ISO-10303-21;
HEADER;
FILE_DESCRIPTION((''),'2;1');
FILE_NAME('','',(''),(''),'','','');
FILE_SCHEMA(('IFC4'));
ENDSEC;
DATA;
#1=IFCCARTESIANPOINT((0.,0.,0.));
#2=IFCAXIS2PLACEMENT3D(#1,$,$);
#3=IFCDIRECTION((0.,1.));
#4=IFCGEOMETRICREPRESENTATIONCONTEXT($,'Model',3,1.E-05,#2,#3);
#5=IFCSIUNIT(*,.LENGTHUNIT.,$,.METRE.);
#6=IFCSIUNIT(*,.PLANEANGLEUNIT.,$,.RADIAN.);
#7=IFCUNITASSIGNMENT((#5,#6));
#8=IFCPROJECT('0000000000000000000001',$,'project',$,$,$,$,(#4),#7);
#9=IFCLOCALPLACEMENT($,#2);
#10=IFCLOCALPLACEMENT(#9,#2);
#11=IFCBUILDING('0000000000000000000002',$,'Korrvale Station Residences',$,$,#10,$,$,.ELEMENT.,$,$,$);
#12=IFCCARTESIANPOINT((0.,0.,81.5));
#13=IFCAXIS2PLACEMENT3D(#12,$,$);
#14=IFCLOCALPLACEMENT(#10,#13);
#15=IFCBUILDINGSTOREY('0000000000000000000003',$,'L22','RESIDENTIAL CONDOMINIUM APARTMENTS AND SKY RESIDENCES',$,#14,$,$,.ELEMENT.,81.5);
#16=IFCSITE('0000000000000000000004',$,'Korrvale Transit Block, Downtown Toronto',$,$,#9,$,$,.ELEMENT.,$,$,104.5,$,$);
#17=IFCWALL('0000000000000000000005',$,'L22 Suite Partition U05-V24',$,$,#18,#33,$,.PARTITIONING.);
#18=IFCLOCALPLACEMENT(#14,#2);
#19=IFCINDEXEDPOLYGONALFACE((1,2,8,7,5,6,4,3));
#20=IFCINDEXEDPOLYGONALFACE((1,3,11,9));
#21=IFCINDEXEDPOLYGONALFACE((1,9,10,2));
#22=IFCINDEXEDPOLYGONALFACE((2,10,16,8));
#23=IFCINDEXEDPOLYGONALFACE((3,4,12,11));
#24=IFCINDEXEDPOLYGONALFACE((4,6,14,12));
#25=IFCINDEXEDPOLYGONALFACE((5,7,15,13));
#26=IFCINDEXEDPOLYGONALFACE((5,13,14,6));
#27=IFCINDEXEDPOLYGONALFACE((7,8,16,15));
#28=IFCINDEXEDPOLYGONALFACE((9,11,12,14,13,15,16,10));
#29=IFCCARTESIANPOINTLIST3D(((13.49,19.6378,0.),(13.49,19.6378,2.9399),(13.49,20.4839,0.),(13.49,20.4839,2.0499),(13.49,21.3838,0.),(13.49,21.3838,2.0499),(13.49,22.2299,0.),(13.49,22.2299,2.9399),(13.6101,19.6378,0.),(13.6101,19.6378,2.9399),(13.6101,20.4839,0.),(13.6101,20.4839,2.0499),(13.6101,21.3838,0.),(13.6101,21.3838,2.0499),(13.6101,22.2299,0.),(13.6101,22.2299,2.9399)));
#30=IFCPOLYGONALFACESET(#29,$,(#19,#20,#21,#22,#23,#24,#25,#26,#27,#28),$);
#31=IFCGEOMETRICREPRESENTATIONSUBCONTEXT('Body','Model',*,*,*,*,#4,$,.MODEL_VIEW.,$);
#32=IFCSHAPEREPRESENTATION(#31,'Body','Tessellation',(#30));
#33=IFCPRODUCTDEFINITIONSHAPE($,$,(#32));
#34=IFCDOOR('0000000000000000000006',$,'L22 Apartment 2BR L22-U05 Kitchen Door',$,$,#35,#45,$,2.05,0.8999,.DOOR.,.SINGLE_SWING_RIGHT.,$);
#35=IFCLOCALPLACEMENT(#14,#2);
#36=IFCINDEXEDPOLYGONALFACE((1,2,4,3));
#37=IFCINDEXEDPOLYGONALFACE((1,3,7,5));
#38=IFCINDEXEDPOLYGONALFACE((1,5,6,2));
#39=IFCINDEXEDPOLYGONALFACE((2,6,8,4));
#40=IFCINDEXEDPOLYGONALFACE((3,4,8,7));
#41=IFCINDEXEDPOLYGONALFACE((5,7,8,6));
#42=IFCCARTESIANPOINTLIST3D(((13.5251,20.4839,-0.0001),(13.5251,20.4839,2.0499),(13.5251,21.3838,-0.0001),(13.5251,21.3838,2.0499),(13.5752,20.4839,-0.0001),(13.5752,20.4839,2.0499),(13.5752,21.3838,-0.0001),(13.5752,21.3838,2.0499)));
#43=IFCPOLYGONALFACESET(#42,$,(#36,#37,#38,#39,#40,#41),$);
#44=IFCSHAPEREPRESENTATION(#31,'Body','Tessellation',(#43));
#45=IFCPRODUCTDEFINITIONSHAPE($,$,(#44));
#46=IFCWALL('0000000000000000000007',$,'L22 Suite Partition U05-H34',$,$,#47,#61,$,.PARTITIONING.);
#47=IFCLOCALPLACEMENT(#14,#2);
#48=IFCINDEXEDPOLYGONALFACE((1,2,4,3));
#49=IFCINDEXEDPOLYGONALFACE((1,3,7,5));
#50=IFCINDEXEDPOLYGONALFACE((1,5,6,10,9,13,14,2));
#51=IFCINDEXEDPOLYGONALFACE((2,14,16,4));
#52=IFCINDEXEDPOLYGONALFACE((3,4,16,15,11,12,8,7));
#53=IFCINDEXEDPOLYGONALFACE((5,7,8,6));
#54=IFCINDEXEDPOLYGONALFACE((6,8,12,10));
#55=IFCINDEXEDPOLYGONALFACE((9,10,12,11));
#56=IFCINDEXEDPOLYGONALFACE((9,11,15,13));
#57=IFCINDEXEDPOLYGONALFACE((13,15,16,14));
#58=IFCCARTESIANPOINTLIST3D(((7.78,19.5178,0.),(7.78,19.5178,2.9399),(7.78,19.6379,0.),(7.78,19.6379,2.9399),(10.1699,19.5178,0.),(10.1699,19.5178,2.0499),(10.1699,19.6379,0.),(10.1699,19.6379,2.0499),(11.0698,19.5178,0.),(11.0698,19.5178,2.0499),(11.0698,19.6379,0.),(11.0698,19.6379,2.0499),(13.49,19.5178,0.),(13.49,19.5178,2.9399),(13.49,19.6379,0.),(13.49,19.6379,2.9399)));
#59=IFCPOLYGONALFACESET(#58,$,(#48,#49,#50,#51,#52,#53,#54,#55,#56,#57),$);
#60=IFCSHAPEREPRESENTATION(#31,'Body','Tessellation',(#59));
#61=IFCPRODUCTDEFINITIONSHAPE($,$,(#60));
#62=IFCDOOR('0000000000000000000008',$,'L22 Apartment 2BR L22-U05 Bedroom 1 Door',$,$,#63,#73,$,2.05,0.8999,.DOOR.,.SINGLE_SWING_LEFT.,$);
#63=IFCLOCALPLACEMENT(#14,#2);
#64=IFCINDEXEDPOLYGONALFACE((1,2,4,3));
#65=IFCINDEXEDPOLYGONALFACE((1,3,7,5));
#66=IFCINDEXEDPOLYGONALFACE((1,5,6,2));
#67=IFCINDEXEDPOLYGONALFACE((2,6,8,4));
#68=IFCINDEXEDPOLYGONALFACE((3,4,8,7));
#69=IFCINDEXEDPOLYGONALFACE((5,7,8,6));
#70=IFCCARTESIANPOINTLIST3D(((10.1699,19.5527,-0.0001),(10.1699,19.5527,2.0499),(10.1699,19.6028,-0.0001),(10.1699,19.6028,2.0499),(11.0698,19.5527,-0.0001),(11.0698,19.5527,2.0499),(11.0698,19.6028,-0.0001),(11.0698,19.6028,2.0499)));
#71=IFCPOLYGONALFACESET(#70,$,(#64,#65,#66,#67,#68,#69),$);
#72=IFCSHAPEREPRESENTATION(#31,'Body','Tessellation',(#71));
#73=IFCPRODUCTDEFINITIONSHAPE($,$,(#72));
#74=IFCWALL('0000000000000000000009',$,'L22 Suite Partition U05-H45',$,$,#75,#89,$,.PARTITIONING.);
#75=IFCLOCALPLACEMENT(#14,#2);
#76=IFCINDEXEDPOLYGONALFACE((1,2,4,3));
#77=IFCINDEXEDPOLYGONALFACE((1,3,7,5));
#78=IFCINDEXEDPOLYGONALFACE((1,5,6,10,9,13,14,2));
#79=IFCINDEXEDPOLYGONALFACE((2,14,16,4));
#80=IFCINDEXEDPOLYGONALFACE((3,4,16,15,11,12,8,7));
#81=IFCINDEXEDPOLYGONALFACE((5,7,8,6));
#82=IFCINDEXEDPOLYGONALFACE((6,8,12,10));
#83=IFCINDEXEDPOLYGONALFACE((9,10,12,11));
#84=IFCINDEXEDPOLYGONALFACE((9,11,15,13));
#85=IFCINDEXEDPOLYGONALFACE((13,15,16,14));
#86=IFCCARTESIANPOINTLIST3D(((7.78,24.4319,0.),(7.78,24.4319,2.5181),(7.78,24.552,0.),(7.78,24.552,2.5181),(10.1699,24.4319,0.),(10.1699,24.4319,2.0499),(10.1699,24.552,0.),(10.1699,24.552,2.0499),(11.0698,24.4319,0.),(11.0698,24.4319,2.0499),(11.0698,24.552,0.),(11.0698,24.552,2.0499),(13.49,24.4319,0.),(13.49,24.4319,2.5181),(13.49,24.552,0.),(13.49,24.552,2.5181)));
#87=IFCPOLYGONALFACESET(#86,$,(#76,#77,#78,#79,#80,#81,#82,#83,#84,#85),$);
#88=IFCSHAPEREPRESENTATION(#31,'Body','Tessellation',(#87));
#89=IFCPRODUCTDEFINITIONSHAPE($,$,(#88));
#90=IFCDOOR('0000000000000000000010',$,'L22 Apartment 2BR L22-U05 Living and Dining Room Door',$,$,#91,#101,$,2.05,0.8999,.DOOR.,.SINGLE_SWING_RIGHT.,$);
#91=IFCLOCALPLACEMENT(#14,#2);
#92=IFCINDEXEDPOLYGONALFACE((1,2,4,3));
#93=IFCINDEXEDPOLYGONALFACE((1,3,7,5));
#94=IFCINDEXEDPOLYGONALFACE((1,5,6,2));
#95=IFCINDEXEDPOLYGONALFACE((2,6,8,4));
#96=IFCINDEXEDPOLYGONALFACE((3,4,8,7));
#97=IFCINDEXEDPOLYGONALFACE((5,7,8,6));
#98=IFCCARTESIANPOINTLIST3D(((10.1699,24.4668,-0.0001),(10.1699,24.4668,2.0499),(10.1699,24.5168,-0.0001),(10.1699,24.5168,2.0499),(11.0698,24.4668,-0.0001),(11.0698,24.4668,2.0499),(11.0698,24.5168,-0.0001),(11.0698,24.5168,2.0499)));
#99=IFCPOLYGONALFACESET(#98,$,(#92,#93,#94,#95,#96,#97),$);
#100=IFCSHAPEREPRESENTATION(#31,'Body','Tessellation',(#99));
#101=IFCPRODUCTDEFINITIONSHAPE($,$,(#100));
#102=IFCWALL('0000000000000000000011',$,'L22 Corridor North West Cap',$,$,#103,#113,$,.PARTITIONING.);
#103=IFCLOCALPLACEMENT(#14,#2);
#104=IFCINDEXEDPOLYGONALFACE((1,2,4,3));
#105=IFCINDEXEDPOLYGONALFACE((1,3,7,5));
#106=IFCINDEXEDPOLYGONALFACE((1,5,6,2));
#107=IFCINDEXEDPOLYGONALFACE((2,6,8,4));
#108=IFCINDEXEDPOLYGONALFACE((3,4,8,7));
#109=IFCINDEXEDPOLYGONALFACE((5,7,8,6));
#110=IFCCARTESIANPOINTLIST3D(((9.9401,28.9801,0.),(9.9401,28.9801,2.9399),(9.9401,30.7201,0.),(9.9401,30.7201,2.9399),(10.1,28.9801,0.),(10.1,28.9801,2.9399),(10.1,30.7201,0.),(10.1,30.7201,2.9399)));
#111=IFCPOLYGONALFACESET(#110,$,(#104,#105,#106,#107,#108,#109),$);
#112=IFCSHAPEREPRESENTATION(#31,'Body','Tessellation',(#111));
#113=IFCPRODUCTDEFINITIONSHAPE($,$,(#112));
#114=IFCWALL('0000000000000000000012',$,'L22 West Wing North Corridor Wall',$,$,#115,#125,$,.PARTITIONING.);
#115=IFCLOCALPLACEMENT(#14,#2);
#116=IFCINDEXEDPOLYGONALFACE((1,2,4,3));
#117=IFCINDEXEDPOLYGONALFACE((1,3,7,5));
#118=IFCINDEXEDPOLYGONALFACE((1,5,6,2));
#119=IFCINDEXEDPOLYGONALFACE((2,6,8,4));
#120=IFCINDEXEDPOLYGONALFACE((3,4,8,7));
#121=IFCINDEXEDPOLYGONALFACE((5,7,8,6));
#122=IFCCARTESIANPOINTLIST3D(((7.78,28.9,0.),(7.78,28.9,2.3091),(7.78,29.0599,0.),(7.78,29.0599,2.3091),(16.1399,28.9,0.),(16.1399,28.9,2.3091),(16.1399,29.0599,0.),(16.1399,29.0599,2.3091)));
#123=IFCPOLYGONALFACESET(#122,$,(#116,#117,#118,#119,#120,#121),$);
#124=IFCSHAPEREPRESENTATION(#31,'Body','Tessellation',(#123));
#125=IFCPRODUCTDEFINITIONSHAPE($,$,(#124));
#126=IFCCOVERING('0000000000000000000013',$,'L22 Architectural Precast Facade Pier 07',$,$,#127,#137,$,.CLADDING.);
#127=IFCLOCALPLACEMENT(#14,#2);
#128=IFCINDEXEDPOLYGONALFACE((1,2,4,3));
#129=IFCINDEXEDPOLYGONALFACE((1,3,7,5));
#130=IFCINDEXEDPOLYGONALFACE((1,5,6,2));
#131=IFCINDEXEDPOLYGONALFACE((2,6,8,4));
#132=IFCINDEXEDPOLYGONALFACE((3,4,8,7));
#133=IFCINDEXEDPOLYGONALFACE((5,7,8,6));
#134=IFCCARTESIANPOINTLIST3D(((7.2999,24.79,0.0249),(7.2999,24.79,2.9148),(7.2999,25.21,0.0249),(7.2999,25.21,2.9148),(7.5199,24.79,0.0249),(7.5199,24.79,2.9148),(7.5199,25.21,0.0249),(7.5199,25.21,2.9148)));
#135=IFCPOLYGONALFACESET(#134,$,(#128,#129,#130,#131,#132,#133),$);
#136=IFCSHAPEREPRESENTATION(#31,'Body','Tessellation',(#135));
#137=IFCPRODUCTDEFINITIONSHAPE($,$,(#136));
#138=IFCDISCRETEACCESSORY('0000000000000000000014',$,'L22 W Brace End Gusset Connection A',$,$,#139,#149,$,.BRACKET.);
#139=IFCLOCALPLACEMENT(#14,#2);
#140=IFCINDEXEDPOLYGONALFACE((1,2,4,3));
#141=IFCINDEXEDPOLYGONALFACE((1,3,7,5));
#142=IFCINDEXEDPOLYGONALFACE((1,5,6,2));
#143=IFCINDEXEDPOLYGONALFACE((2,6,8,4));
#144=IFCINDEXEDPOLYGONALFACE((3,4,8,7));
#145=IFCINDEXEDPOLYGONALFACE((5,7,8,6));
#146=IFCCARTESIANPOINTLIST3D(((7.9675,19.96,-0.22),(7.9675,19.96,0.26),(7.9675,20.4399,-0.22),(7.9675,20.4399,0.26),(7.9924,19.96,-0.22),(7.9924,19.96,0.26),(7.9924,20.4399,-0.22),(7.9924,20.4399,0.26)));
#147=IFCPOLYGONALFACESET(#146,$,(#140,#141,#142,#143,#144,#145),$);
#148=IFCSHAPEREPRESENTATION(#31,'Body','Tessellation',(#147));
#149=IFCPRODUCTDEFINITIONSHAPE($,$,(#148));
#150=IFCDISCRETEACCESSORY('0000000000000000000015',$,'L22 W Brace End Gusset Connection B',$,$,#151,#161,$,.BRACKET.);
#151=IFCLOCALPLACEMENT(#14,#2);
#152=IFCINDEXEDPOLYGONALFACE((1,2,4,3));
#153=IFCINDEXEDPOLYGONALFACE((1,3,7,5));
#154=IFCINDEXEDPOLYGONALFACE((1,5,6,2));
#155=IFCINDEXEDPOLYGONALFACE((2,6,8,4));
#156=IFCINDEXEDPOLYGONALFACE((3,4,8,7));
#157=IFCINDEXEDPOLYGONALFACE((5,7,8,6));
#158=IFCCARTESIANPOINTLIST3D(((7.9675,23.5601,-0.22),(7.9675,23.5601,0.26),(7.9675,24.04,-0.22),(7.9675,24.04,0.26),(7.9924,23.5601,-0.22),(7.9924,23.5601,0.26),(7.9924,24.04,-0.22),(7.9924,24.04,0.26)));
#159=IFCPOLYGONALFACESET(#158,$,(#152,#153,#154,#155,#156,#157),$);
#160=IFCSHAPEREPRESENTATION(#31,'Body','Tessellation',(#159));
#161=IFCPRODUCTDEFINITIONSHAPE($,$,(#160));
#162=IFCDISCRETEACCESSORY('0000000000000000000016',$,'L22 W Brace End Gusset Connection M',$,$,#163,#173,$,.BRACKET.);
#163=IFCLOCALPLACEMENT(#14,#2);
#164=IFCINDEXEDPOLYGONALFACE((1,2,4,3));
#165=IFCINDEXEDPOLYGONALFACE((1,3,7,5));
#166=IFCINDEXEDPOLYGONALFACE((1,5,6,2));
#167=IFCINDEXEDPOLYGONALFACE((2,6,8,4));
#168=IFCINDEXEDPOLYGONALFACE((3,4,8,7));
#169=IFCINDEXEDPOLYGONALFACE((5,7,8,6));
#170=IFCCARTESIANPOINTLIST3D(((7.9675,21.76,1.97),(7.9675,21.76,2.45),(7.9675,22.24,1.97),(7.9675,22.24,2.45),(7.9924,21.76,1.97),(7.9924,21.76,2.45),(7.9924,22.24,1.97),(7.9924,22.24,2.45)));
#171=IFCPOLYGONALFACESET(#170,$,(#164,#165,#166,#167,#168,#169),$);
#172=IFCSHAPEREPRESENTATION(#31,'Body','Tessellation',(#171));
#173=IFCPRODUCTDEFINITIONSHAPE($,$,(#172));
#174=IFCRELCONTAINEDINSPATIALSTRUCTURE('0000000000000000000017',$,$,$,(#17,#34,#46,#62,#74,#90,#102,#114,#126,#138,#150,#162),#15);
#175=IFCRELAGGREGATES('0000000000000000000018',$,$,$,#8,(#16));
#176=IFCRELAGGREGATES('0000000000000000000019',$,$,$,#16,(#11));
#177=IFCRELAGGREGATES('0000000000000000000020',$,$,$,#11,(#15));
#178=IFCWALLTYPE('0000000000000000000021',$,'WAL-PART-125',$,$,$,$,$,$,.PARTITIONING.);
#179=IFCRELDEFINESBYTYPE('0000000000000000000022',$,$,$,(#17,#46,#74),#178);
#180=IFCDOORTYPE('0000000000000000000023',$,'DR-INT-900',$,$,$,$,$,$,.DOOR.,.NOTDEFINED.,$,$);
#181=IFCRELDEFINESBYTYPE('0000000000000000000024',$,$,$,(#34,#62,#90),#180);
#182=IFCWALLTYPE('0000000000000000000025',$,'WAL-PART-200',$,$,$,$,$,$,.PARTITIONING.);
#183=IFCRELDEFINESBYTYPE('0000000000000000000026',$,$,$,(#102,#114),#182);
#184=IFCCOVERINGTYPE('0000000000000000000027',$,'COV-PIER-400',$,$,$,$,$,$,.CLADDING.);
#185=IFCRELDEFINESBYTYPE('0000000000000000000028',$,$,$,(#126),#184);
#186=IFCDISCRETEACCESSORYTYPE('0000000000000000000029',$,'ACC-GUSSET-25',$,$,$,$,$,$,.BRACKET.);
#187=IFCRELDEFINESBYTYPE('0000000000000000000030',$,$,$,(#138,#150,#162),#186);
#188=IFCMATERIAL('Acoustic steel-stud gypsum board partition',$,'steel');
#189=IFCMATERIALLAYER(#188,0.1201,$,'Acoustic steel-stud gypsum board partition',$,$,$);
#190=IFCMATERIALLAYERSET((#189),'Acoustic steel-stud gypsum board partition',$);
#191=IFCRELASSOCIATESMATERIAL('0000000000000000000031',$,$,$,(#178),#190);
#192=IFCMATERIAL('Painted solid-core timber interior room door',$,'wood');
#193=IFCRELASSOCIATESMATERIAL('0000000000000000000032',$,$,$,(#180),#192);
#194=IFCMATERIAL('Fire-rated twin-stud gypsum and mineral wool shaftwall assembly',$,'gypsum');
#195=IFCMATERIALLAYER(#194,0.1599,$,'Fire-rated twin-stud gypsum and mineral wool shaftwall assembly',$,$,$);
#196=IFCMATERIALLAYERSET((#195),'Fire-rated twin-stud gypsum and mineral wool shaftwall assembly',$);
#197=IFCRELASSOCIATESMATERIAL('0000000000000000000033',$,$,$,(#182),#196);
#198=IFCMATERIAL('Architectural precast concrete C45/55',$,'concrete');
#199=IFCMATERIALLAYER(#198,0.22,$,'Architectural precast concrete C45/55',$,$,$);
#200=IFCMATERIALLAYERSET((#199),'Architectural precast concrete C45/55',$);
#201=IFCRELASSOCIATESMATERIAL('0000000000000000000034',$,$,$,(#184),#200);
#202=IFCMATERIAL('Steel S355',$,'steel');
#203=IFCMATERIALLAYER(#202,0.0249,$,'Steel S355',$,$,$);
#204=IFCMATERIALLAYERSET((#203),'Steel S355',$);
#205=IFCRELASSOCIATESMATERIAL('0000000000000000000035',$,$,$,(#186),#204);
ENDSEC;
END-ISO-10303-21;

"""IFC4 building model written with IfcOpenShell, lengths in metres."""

from ifc_helpers import new_model, si_unit, direction, frame, frame_2d, origin, origin_2d, place, context, subcontext, project, spatial, rectangle, extrude, material, layer, layer_set, type_object, element, fill, save


model = new_model("IFC4")

# Units and contexts
model_context = context("Model", 3, precision=1e-05, world=origin(), true_north=direction((0.0, 1.0)))
body_context = subcontext(model_context, "Body", "Model", "MODEL_VIEW")
ifc_project = project(units=[si_unit("LENGTHUNIT", "METRE"), si_unit("PLANEANGLEUNIT", "RADIAN")], contexts=[model_context])

# Site, building, storey
site_placement = place(None, origin())
site = spatial("IfcSite", under=ifc_project, at=site_placement, Name="Korrvale Transit Block, Downtown Toronto", CompositionType="ELEMENT", RefElevation=104.5)
building_placement = place(site_placement, origin())
building = spatial("IfcBuilding", under=site, at=building_placement, Name="Korrvale Station Residences", CompositionType="ELEMENT")
storey_placement = place(building_placement, frame((0.0, 0.0, 81.5)))
storey = spatial("IfcBuildingStorey", under=building, at=storey_placement, Name="L22", Description="RESIDENTIAL CONDOMINIUM APARTMENTS AND SKY RESIDENCES", CompositionType="ELEMENT", Elevation=81.5)

# Shared definitions
ifc_material_1 = material(Name="Steel S355", Category="steel")

# Walls, openings, doors
ifc_material_2 = material(Name="Acoustic steel-stud gypsum board partition", Category="steel")
ifc_layer_1 = layer(ifc_material_2, 0.1201, Name="Acoustic steel-stud gypsum board partition")
ifc_layer_set_1 = layer_set([ifc_layer_1], Name="Acoustic steel-stud gypsum board partition")
wall_type_1 = type_object("IfcWallType", Name="WAL-PART-125", PredefinedType="PARTITIONING", material=ifc_layer_set_1)
ifc_material_3 = material(Name="Painted solid-core timber interior room door", Category="wood")
door_type = type_object("IfcDoorType", Name="DR-INT-900", OperationType="NOTDEFINED", PredefinedType="DOOR", material=ifc_material_3)
wall_1_placement = place(storey_placement, frame((13.55, 19.6379, 0.0), z_axis=(0.0, 0.0, 1.0), x_axis=(0.0, 1.0, 0.0)))
wall_1 = element("IfcWall", 1, at=wall_1_placement, inside=storey, type_object=wall_type_1, Name="L22 Suite Partition U05-V24", PredefinedType="PARTITIONING", context=body_context, shape_type="SweptSolid", body=[
    extrude(rectangle(XDim=2.592, YDim=0.1201, at=frame_2d((1.2959, 0.0))), origin(), (0.0, 0.0, 1.0), 2.9399),
])
opening_1_placement = place(wall_1_placement, frame((0.8459, 0.0, 0.0)))
opening_1 = element("IfcOpeningElement", 2, at=opening_1_placement, cuts=wall_1, PredefinedType="OPENING", context=body_context, shape_type="SweptSolid", body=[
    extrude(rectangle(XDim=0.8999, YDim=2.05, at=frame_2d((0.45, 1.0249))), frame((0.0, 0.0701, 0.0), z_axis=(0.0, -1.0, 0.0), x_axis=(1.0, 0.0, 0.0)), (0.0, 0.0, 1.0), 0.1401),
])
door_1_placement = place(opening_1_placement, origin())
door_1 = element("IfcDoor", 3, at=door_1_placement, inside=storey, type_object=door_type, Name="L22 Apartment 2BR L22-U05 Kitchen Door", OperationType="SINGLE_SWING_RIGHT", OverallHeight=2.05, OverallWidth=0.8999, PredefinedType="DOOR", context=body_context, shape_type="SweptSolid", body=[
    extrude(rectangle(XDim=0.8999, YDim=2.05, at=frame_2d((0.45, 1.0249))), frame((0.0, 0.0249, 0.0), z_axis=(0.0, -1.0, 0.0), x_axis=(1.0, 0.0, 0.0)), (0.0, 0.0, 1.0), 0.05),
])
fill(opening_1, door_1)
wall_2_placement = place(storey_placement, frame((7.78, 19.5779, 0.0), z_axis=(0.0, 0.0, 1.0), x_axis=(1.0, 0.0, 0.0)))
wall_2 = element("IfcWall", 4, at=wall_2_placement, inside=storey, type_object=wall_type_1, Name="L22 Suite Partition U05-H34", PredefinedType="PARTITIONING", context=body_context, shape_type="SweptSolid", body=[
    extrude(rectangle(XDim=5.71, YDim=0.1201, at=frame_2d((2.855, 0.0))), origin(), (0.0, 0.0, 1.0), 2.9399),
])
opening_2_placement = place(wall_2_placement, frame((2.3899, 0.0, 0.0)))
opening_2 = element("IfcOpeningElement", 5, at=opening_2_placement, cuts=wall_2, PredefinedType="OPENING", context=body_context, shape_type="SweptSolid", body=[
    extrude(rectangle(XDim=0.8999, YDim=2.05, at=frame_2d((0.45, 1.0249))), frame((0.0, 0.0701, 0.0), z_axis=(0.0, -1.0, 0.0), x_axis=(1.0, 0.0, 0.0)), (0.0, 0.0, 1.0), 0.1401),
])
door_2_placement = place(opening_2_placement, origin())
door_2 = element("IfcDoor", 6, at=door_2_placement, inside=storey, type_object=door_type, Name="L22 Apartment 2BR L22-U05 Bedroom 1 Door", OperationType="SINGLE_SWING_LEFT", OverallHeight=2.05, OverallWidth=0.8999, PredefinedType="DOOR", context=body_context, shape_type="SweptSolid", body=[
    extrude(rectangle(XDim=0.8999, YDim=2.05, at=frame_2d((0.45, 1.0249))), frame((0.0, 0.0249, 0.0), z_axis=(0.0, -1.0, 0.0), x_axis=(1.0, 0.0, 0.0)), (0.0, 0.0, 1.0), 0.05),
])
fill(opening_2, door_2)
wall_3_placement = place(storey_placement, frame((7.78, 24.4919, 0.0), z_axis=(0.0, 0.0, 1.0), x_axis=(1.0, 0.0, 0.0)))
wall_3 = element("IfcWall", 7, at=wall_3_placement, inside=storey, type_object=wall_type_1, Name="L22 Suite Partition U05-H45", PredefinedType="PARTITIONING", context=body_context, shape_type="SweptSolid", body=[
    extrude(rectangle(XDim=5.71, YDim=0.1201, at=frame_2d((2.855, 0.0))), origin(), (0.0, 0.0, 1.0), 2.5181),
])
opening_3_placement = place(wall_3_placement, frame((2.3899, 0.0, 0.0)))
opening_3 = element("IfcOpeningElement", 8, at=opening_3_placement, cuts=wall_3, PredefinedType="OPENING", context=body_context, shape_type="SweptSolid", body=[
    extrude(rectangle(XDim=0.8999, YDim=2.05, at=frame_2d((0.45, 1.0249))), frame((0.0, 0.0701, 0.0), z_axis=(0.0, -1.0, 0.0), x_axis=(1.0, 0.0, 0.0)), (0.0, 0.0, 1.0), 0.1401),
])
door_3_placement = place(opening_3_placement, origin())
door_3 = element("IfcDoor", 9, at=door_3_placement, inside=storey, type_object=door_type, Name="L22 Apartment 2BR L22-U05 Living and Dining Room Door", OperationType="SINGLE_SWING_RIGHT", OverallHeight=2.05, OverallWidth=0.8999, PredefinedType="DOOR", context=body_context, shape_type="SweptSolid", body=[
    extrude(rectangle(XDim=0.8999, YDim=2.05, at=frame_2d((0.45, 1.0249))), frame((0.0, 0.0249, 0.0), z_axis=(0.0, -1.0, 0.0), x_axis=(1.0, 0.0, 0.0)), (0.0, 0.0, 1.0), 0.05),
])
fill(opening_3, door_3)

# Walls
ifc_material_4 = material(Name="Fire-rated twin-stud gypsum and mineral wool shaftwall assembly", Category="gypsum")
ifc_layer_2 = layer(ifc_material_4, 0.1599, Name="Fire-rated twin-stud gypsum and mineral wool shaftwall assembly")
ifc_layer_set_2 = layer_set([ifc_layer_2], Name="Fire-rated twin-stud gypsum and mineral wool shaftwall assembly")
wall_type_2 = type_object("IfcWallType", Name="WAL-PART-200", PredefinedType="PARTITIONING", material=ifc_layer_set_2)
wall_4_placement = place(storey_placement, frame((10.02, 28.98, 0.0), z_axis=(0.0, 0.0, 1.0), x_axis=(0.0, 1.0, 0.0)))
element("IfcWall", 10, at=wall_4_placement, inside=storey, type_object=wall_type_2, Name="L22 Corridor North West Cap", PredefinedType="PARTITIONING", context=body_context, shape_type="SweptSolid", body=[
    extrude(rectangle(XDim=1.74, YDim=0.1599, at=frame_2d((0.8701, 0.0))), origin(), (0.0, 0.0, 1.0), 2.9399),
])
wall_5_placement = place(storey_placement, frame((7.78, 28.98, 0.0), z_axis=(0.0, 0.0, 1.0), x_axis=(1.0, 0.0, 0.0)))
element("IfcWall", 11, at=wall_5_placement, inside=storey, type_object=wall_type_2, Name="L22 West Wing North Corridor Wall", PredefinedType="PARTITIONING", context=body_context, shape_type="SweptSolid", body=[
    extrude(rectangle(XDim=8.3599, YDim=0.1599, at=frame_2d((4.1799, 0.0))), origin(), (0.0, 0.0, 1.0), 2.3091),
])

# Covering
ifc_material_5 = material(Name="Architectural precast concrete C45/55", Category="concrete")
ifc_layer_3 = layer(ifc_material_5, 0.22, Name="Architectural precast concrete C45/55")
ifc_layer_set_3 = layer_set([ifc_layer_3], Name="Architectural precast concrete C45/55")
covering_type = type_object("IfcCoveringType", Name="COV-PIER-400", PredefinedType="CLADDING", material=ifc_layer_set_3)
covering_placement = place(storey_placement, frame((7.4099, 25.0, 0.0249), z_axis=(0.0, 0.0, 1.0), x_axis=(0.0, 1.0, 0.0)))
element("IfcCovering", 12, at=covering_placement, inside=storey, type_object=covering_type, Name="L22 Architectural Precast Facade Pier 07", PredefinedType="CLADDING", context=body_context, shape_type="SweptSolid", body=[
    extrude(rectangle(XDim=0.4199, YDim=0.22, at=origin_2d()), origin(), (0.0, 0.0, 1.0), 2.8899),
])

# Discrete accessories
ifc_layer_4 = layer(ifc_material_1, 0.0249, Name="Steel S355")
ifc_layer_set_4 = layer_set([ifc_layer_4], Name="Steel S355")
discrete_accessory_type = type_object("IfcDiscreteAccessoryType", Name="ACC-GUSSET-25", PredefinedType="BRACKET", material=ifc_layer_set_4)
for number, where, z_axis, x_axis, name in (
    (13, (7.98, 20.2, -0.22), (0.0, 0.0, 1.0), (0.0, 1.0, 0.0), "L22 W Brace End Gusset Connection A"),
    (14, (7.98, 23.8, -0.22), (0.0, 0.0, 1.0), (0.0, 1.0, 0.0), "L22 W Brace End Gusset Connection B"),
    (15, (7.98, 22.0, 1.97), (0.0, 0.0, 1.0), (0.0, 1.0, 0.0), "L22 W Brace End Gusset Connection M"),
):
    element("IfcDiscreteAccessory", number, at=place(storey_placement, frame(where, z_axis=z_axis, x_axis=x_axis)), inside=storey, type_object=discrete_accessory_type, Name=name, PredefinedType="BRACKET", context=body_context, shape_type="SweptSolid", body=[
        extrude(rectangle(XDim=0.48, YDim=0.0249, at=origin_2d()), origin(), (0.0, 0.0, 1.0), 0.48),
    ])

save(model, "model.ifc")
